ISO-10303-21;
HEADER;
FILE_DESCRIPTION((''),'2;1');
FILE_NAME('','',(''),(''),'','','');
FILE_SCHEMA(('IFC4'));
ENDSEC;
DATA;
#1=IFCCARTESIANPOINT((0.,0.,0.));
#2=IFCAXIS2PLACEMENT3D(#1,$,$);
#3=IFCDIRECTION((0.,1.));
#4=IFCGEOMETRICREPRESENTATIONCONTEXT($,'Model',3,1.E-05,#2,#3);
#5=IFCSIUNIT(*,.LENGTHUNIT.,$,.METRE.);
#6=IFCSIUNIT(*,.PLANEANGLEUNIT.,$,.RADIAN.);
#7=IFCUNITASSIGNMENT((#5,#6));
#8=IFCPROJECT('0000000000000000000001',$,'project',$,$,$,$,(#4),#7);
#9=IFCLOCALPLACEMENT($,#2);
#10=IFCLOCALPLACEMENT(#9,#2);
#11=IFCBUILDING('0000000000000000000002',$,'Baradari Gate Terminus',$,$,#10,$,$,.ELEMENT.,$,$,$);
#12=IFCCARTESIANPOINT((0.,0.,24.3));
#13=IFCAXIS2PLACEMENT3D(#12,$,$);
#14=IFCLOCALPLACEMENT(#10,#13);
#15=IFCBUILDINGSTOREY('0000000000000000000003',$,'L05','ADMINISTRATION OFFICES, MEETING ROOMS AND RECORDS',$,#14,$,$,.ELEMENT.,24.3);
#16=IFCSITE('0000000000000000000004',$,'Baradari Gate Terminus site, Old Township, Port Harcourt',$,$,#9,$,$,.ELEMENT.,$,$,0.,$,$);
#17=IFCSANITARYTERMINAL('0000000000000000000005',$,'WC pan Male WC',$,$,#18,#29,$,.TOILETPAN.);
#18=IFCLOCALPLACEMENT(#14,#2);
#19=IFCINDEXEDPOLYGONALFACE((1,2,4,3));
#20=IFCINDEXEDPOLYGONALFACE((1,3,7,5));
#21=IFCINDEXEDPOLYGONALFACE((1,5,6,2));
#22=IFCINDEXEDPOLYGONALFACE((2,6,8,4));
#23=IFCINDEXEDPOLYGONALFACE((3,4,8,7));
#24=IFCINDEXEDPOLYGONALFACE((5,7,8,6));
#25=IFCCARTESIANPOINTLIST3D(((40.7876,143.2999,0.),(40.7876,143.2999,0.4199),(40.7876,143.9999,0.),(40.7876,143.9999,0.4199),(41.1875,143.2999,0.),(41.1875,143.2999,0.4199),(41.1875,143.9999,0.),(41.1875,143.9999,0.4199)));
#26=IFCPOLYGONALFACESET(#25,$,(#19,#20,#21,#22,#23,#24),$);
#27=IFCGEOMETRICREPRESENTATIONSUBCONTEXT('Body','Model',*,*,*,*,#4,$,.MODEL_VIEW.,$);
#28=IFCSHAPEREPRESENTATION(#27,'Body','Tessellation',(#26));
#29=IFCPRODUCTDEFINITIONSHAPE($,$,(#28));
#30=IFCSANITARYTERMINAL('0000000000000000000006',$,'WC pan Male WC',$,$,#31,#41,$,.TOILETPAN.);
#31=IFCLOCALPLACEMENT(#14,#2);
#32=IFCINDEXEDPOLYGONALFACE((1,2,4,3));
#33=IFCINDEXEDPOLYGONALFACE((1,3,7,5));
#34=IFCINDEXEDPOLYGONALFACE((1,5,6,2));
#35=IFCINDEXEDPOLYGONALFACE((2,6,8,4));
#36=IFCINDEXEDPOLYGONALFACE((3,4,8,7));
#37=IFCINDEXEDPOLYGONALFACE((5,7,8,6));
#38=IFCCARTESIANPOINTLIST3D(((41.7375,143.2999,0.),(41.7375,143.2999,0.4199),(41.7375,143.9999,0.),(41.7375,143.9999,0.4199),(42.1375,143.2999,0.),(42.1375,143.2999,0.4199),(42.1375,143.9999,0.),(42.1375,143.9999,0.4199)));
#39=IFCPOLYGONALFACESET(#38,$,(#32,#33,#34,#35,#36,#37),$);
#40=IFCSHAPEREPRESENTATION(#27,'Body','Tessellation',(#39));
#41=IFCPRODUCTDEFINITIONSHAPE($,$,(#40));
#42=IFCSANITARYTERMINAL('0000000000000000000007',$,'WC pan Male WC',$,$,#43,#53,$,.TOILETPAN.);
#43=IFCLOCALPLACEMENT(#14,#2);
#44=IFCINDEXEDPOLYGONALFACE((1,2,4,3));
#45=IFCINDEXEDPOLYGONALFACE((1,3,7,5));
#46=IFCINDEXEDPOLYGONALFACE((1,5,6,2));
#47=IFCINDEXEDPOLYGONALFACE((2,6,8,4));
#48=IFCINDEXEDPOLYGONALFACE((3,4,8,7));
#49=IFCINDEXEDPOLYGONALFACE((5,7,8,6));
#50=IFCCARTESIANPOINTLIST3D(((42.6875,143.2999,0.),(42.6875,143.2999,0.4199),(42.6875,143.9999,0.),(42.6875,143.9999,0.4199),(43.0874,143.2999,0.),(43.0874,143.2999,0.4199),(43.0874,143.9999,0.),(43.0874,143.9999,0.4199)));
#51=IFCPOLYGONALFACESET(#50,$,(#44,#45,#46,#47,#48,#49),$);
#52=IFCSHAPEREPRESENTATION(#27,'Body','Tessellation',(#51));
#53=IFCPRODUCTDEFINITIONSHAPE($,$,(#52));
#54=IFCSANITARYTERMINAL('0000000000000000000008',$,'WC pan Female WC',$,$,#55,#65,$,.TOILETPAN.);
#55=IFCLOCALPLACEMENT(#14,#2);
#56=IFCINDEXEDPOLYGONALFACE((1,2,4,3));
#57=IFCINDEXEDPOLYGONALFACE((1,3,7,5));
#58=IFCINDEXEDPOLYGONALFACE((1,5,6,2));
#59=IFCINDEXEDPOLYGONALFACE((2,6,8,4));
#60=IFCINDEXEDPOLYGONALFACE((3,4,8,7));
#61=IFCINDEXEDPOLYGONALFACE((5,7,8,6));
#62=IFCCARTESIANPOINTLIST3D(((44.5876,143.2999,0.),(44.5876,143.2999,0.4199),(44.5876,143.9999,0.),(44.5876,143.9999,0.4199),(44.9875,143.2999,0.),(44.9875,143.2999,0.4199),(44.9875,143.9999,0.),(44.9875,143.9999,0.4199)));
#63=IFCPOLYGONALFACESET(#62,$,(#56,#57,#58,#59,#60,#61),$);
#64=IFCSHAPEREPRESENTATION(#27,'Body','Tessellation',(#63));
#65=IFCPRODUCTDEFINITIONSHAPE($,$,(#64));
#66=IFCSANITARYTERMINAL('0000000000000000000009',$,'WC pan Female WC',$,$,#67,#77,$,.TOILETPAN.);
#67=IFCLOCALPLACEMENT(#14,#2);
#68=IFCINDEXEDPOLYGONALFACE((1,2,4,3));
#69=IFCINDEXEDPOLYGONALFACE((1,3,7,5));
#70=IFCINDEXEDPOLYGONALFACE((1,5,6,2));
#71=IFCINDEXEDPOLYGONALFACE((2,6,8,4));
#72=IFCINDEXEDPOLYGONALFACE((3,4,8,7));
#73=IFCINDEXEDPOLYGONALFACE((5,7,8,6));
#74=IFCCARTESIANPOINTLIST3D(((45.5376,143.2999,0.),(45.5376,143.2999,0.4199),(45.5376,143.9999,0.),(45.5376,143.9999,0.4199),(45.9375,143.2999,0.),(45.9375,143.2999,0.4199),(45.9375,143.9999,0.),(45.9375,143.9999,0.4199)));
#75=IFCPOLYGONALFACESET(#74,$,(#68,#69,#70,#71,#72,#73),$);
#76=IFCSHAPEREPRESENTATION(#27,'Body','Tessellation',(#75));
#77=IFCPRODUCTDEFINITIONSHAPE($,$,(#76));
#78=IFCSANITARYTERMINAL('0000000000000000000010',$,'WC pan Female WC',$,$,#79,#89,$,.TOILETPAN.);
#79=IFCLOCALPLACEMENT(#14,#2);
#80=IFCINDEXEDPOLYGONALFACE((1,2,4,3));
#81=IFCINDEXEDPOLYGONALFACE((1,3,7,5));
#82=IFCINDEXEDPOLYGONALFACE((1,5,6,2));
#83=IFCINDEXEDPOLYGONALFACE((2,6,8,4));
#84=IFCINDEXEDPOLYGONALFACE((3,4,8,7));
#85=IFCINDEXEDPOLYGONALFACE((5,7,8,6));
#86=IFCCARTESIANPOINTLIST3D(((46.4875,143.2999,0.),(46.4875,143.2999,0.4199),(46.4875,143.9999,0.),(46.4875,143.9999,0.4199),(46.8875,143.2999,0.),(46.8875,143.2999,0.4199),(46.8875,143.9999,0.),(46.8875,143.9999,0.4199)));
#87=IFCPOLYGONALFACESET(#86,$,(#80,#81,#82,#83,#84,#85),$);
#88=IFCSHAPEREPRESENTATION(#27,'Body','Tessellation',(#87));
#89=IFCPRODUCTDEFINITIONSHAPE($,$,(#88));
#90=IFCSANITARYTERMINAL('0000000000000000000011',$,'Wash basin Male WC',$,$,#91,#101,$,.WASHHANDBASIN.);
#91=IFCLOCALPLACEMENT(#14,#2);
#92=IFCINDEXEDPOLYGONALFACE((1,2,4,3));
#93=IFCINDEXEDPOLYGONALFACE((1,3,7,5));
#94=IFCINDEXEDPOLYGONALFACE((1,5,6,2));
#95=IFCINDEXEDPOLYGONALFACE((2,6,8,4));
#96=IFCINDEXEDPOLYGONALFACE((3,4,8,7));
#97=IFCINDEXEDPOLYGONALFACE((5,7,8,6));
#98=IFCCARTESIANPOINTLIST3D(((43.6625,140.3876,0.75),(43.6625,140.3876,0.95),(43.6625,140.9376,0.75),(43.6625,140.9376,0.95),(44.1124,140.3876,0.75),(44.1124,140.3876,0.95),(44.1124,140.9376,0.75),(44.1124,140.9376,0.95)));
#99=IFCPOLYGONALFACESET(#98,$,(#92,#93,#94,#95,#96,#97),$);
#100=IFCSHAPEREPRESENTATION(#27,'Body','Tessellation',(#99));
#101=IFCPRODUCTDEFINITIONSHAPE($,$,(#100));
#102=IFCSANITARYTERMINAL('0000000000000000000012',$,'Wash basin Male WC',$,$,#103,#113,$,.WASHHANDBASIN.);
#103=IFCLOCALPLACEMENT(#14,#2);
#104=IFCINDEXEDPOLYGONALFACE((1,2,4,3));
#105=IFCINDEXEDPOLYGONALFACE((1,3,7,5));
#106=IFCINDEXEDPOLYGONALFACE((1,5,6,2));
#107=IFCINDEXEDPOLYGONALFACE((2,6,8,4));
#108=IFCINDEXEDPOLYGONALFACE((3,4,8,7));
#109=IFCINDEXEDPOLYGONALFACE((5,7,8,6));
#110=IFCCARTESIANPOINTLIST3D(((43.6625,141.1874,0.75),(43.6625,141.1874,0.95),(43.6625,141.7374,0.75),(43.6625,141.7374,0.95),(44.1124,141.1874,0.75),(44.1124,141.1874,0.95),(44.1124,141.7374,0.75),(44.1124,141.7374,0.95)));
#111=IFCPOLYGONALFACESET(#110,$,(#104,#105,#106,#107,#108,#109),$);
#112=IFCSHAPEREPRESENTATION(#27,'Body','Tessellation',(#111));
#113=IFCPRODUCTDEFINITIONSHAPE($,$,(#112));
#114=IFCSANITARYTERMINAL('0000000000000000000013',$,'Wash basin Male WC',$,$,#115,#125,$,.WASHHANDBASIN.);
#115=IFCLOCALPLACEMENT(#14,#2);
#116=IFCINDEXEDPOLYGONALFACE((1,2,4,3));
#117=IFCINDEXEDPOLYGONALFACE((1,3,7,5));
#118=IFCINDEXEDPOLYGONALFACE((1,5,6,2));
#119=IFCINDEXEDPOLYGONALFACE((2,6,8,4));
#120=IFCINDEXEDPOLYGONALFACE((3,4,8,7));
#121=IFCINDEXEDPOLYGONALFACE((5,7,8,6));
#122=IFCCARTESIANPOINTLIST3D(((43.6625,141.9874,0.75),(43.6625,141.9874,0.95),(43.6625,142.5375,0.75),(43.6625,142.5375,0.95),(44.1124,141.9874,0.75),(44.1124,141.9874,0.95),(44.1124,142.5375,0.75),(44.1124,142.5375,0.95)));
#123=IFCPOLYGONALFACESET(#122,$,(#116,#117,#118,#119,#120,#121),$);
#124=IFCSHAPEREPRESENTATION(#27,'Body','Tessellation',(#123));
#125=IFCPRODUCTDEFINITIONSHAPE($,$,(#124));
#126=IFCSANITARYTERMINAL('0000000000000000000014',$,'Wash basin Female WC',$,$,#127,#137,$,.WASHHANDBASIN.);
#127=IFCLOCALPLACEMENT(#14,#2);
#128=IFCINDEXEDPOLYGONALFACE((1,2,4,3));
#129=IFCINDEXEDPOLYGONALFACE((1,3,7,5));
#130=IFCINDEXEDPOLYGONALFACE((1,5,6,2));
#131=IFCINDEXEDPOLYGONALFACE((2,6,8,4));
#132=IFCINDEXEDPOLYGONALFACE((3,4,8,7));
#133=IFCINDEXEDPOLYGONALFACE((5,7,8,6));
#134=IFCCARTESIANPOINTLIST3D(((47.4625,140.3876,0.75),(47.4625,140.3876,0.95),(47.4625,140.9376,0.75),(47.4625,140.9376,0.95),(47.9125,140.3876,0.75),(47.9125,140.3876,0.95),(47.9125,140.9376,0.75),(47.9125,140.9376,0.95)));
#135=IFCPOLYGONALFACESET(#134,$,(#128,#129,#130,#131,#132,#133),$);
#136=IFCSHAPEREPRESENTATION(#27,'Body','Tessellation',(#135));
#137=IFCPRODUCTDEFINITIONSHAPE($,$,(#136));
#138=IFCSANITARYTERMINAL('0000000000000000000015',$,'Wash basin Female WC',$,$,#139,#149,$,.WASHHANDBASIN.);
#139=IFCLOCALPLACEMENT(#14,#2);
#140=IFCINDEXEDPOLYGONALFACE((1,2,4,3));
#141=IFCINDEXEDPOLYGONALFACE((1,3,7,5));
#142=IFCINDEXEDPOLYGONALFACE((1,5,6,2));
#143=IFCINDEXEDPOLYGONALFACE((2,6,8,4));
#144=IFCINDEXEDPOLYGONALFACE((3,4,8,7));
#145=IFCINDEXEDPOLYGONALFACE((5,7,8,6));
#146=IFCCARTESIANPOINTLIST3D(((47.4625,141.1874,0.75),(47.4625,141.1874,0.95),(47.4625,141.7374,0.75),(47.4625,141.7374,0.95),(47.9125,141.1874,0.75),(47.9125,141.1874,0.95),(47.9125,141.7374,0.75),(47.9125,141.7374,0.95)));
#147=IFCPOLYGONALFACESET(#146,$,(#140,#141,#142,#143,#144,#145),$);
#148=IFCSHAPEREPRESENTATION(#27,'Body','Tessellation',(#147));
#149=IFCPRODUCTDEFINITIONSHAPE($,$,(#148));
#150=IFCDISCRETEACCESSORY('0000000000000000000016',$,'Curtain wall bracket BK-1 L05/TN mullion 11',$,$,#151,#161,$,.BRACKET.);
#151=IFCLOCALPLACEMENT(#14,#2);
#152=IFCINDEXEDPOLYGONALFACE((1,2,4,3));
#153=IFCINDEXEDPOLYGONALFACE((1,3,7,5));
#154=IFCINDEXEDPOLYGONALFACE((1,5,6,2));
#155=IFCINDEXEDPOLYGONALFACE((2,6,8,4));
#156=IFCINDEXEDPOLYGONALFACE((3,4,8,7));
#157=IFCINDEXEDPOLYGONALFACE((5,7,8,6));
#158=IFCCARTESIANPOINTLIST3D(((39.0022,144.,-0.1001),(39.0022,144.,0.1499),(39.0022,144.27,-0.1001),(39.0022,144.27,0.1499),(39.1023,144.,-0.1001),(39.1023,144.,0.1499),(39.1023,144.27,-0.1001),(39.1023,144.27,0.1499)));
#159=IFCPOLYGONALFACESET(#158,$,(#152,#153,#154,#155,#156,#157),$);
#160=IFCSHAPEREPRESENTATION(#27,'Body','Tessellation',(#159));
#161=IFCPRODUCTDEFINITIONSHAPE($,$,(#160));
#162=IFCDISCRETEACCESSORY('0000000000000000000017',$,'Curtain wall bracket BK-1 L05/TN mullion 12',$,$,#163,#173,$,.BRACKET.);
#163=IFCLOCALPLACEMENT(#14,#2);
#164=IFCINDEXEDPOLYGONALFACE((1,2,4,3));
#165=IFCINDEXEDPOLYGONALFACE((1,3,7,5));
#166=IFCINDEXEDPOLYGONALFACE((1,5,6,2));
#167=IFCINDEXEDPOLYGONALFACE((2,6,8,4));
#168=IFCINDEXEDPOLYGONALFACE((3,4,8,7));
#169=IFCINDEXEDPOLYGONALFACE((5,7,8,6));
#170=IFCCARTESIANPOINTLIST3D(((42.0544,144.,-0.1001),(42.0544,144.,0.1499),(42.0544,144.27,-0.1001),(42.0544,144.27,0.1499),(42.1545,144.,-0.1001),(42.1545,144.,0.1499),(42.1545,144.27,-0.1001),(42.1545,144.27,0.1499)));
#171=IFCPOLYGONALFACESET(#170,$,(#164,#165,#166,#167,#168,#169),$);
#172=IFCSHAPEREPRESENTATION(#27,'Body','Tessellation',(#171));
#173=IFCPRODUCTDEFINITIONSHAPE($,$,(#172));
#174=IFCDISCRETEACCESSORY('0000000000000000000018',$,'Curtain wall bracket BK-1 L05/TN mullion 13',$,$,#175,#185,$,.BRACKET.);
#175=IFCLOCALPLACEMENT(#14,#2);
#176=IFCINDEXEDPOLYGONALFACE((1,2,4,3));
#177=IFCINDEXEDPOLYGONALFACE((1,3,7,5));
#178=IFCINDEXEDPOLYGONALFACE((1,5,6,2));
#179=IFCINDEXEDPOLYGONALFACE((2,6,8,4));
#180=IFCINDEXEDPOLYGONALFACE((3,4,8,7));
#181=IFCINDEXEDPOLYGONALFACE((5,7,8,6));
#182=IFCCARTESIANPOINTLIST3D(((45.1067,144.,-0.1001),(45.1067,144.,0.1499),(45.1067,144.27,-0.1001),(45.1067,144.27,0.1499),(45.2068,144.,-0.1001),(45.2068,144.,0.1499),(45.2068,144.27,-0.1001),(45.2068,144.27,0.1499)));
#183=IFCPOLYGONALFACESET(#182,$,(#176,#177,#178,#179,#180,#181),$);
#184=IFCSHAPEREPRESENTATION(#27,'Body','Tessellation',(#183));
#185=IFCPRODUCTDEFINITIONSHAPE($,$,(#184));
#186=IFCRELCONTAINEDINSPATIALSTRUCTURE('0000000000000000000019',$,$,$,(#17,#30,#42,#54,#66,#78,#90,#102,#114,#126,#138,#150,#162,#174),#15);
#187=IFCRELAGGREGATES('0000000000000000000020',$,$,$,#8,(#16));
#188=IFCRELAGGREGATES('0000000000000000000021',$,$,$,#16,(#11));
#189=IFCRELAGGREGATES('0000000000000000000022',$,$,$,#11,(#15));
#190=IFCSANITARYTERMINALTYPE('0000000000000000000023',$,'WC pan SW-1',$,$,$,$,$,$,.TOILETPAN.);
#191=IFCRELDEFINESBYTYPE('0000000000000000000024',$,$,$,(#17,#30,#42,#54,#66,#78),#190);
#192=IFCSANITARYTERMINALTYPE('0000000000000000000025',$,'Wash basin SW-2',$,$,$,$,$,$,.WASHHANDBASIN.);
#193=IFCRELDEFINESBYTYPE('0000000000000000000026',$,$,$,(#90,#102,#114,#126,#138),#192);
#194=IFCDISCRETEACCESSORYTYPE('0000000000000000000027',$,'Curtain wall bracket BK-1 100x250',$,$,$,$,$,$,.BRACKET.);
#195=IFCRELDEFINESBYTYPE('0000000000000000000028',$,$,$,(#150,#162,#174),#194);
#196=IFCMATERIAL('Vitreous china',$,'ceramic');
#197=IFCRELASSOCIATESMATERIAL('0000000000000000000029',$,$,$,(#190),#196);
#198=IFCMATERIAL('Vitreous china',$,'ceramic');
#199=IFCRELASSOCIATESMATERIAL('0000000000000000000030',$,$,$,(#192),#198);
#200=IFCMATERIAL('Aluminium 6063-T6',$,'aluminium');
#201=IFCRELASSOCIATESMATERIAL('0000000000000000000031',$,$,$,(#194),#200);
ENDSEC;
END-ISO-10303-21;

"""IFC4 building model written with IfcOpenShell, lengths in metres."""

from ifc_helpers import new_model, si_unit, direction, frame, origin, origin_2d, place, context, subcontext, project, spatial, rectangle, extrude, material, type_object, element, save


model = new_model("IFC4")

# Units and contexts
model_context = context("Model", 3, precision=1e-05, world=origin(), true_north=direction((0.0, 1.0)))
body_context = subcontext(model_context, "Body", "Model", "MODEL_VIEW")
ifc_project = project(units=[si_unit("LENGTHUNIT", "METRE"), si_unit("PLANEANGLEUNIT", "RADIAN")], contexts=[model_context])

# Site, building, storey
site_placement = place(None, origin())
site = spatial("IfcSite", under=ifc_project, at=site_placement, Name="Baradari Gate Terminus site, Old Township, Port Harcourt", CompositionType="ELEMENT", RefElevation=0.0)
building_placement = place(site_placement, origin())
building = spatial("IfcBuilding", under=site, at=building_placement, Name="Baradari Gate Terminus", CompositionType="ELEMENT")
storey_placement = place(building_placement, frame((0.0, 0.0, 24.3)))
storey = spatial("IfcBuildingStorey", under=building, at=storey_placement, Name="L05", Description="ADMINISTRATION OFFICES, MEETING ROOMS AND RECORDS", CompositionType="ELEMENT", Elevation=24.3)

# Sanitary terminals
ifc_material_1 = material(Name="Vitreous china", Category="ceramic")
sanitary_terminal_type_1 = type_object("IfcSanitaryTerminalType", Name="WC pan SW-1", PredefinedType="TOILETPAN", material=ifc_material_1)
for number, where, z_axis, x_axis, name in (
    (1, (40.9875, 143.6499, 0.0), (0.0, 0.0, 1.0), (1.0, 0.0, 0.0), "WC pan Male WC"),
    (2, (41.9375, 143.6499, 0.0), (0.0, 0.0, 1.0), (1.0, 0.0, 0.0), "WC pan Male WC"),
    (3, (42.8875, 143.6499, 0.0), (0.0, 0.0, 1.0), (1.0, 0.0, 0.0), "WC pan Male WC"),
    (4, (44.7876, 143.6499, 0.0), (0.0, 0.0, 1.0), (1.0, 0.0, 0.0), "WC pan Female WC"),
    (5, (45.7375, 143.6499, 0.0), (0.0, 0.0, 1.0), (1.0, 0.0, 0.0), "WC pan Female WC"),
    (6, (46.6875, 143.6499, 0.0), (0.0, 0.0, 1.0), (1.0, 0.0, 0.0), "WC pan Female WC"),
):
    element("IfcSanitaryTerminal", number, at=place(storey_placement, frame(where, z_axis=z_axis, x_axis=x_axis)), inside=storey, type_object=sanitary_terminal_type_1, Name=name, PredefinedType="TOILETPAN", context=body_context, shape_type="SweptSolid", body=[
        extrude(rectangle(XDim=0.3999, YDim=0.7, at=origin_2d()), origin(), (0.0, 0.0, 1.0), 0.4199),
    ])
ifc_material_2 = material(Name="Vitreous china", Category="ceramic")
sanitary_terminal_type_2 = type_object("IfcSanitaryTerminalType", Name="Wash basin SW-2", PredefinedType="WASHHANDBASIN", material=ifc_material_2)
for number, where, z_axis, x_axis, name in (
    (7, (43.8875, 140.6626, 0.75), (0.0, 0.0, 1.0), (1.0, 0.0, 0.0), "Wash basin Male WC"),
    (8, (43.8875, 141.4624, 0.75), (0.0, 0.0, 1.0), (1.0, 0.0, 0.0), "Wash basin Male WC"),
    (9, (43.8875, 142.2625, 0.75), (0.0, 0.0, 1.0), (1.0, 0.0, 0.0), "Wash basin Male WC"),
    (10, (47.6875, 140.6626, 0.75), (0.0, 0.0, 1.0), (1.0, 0.0, 0.0), "Wash basin Female WC"),
    (11, (47.6875, 141.4624, 0.75), (0.0, 0.0, 1.0), (1.0, 0.0, 0.0), "Wash basin Female WC"),
):
    element("IfcSanitaryTerminal", number, at=place(storey_placement, frame(where, z_axis=z_axis, x_axis=x_axis)), inside=storey, type_object=sanitary_terminal_type_2, Name=name, PredefinedType="WASHHANDBASIN", context=body_context, shape_type="SweptSolid", body=[
        extrude(rectangle(XDim=0.45, YDim=0.55, at=origin_2d()), origin(), (0.0, 0.0, 1.0), 0.2),
    ])

# Discrete accessories
ifc_material_3 = material(Name="Aluminium 6063-T6", Category="aluminium")
discrete_accessory_type = type_object("IfcDiscreteAccessoryType", Name="Curtain wall bracket BK-1 100x250", PredefinedType="BRACKET", material=ifc_material_3)
for number, where, z_axis, x_axis, name in (
    (12, (39.0522, 144.135, -0.1001), (0.0, 0.0, 1.0), (0.0, 1.0, 0.0), "Curtain wall bracket BK-1 L05/TN mullion 11"),
    (13, (42.1045, 144.135, -0.1001), (0.0, 0.0, 1.0), (0.0, 1.0, 0.0), "Curtain wall bracket BK-1 L05/TN mullion 12"),
    (14, (45.1567, 144.135, -0.1001), (0.0, 0.0, 1.0), (0.0, 1.0, 0.0), "Curtain wall bracket BK-1 L05/TN mullion 13"),
):
    element("IfcDiscreteAccessory", number, at=place(storey_placement, frame(where, z_axis=z_axis, x_axis=x_axis)), inside=storey, type_object=discrete_accessory_type, Name=name, PredefinedType="BRACKET", context=body_context, shape_type="SweptSolid", body=[
        extrude(rectangle(XDim=0.27, YDim=0.1001, at=origin_2d()), origin(), (0.0, 0.0, 1.0), 0.25),
    ])

save(model, "model.ifc")
